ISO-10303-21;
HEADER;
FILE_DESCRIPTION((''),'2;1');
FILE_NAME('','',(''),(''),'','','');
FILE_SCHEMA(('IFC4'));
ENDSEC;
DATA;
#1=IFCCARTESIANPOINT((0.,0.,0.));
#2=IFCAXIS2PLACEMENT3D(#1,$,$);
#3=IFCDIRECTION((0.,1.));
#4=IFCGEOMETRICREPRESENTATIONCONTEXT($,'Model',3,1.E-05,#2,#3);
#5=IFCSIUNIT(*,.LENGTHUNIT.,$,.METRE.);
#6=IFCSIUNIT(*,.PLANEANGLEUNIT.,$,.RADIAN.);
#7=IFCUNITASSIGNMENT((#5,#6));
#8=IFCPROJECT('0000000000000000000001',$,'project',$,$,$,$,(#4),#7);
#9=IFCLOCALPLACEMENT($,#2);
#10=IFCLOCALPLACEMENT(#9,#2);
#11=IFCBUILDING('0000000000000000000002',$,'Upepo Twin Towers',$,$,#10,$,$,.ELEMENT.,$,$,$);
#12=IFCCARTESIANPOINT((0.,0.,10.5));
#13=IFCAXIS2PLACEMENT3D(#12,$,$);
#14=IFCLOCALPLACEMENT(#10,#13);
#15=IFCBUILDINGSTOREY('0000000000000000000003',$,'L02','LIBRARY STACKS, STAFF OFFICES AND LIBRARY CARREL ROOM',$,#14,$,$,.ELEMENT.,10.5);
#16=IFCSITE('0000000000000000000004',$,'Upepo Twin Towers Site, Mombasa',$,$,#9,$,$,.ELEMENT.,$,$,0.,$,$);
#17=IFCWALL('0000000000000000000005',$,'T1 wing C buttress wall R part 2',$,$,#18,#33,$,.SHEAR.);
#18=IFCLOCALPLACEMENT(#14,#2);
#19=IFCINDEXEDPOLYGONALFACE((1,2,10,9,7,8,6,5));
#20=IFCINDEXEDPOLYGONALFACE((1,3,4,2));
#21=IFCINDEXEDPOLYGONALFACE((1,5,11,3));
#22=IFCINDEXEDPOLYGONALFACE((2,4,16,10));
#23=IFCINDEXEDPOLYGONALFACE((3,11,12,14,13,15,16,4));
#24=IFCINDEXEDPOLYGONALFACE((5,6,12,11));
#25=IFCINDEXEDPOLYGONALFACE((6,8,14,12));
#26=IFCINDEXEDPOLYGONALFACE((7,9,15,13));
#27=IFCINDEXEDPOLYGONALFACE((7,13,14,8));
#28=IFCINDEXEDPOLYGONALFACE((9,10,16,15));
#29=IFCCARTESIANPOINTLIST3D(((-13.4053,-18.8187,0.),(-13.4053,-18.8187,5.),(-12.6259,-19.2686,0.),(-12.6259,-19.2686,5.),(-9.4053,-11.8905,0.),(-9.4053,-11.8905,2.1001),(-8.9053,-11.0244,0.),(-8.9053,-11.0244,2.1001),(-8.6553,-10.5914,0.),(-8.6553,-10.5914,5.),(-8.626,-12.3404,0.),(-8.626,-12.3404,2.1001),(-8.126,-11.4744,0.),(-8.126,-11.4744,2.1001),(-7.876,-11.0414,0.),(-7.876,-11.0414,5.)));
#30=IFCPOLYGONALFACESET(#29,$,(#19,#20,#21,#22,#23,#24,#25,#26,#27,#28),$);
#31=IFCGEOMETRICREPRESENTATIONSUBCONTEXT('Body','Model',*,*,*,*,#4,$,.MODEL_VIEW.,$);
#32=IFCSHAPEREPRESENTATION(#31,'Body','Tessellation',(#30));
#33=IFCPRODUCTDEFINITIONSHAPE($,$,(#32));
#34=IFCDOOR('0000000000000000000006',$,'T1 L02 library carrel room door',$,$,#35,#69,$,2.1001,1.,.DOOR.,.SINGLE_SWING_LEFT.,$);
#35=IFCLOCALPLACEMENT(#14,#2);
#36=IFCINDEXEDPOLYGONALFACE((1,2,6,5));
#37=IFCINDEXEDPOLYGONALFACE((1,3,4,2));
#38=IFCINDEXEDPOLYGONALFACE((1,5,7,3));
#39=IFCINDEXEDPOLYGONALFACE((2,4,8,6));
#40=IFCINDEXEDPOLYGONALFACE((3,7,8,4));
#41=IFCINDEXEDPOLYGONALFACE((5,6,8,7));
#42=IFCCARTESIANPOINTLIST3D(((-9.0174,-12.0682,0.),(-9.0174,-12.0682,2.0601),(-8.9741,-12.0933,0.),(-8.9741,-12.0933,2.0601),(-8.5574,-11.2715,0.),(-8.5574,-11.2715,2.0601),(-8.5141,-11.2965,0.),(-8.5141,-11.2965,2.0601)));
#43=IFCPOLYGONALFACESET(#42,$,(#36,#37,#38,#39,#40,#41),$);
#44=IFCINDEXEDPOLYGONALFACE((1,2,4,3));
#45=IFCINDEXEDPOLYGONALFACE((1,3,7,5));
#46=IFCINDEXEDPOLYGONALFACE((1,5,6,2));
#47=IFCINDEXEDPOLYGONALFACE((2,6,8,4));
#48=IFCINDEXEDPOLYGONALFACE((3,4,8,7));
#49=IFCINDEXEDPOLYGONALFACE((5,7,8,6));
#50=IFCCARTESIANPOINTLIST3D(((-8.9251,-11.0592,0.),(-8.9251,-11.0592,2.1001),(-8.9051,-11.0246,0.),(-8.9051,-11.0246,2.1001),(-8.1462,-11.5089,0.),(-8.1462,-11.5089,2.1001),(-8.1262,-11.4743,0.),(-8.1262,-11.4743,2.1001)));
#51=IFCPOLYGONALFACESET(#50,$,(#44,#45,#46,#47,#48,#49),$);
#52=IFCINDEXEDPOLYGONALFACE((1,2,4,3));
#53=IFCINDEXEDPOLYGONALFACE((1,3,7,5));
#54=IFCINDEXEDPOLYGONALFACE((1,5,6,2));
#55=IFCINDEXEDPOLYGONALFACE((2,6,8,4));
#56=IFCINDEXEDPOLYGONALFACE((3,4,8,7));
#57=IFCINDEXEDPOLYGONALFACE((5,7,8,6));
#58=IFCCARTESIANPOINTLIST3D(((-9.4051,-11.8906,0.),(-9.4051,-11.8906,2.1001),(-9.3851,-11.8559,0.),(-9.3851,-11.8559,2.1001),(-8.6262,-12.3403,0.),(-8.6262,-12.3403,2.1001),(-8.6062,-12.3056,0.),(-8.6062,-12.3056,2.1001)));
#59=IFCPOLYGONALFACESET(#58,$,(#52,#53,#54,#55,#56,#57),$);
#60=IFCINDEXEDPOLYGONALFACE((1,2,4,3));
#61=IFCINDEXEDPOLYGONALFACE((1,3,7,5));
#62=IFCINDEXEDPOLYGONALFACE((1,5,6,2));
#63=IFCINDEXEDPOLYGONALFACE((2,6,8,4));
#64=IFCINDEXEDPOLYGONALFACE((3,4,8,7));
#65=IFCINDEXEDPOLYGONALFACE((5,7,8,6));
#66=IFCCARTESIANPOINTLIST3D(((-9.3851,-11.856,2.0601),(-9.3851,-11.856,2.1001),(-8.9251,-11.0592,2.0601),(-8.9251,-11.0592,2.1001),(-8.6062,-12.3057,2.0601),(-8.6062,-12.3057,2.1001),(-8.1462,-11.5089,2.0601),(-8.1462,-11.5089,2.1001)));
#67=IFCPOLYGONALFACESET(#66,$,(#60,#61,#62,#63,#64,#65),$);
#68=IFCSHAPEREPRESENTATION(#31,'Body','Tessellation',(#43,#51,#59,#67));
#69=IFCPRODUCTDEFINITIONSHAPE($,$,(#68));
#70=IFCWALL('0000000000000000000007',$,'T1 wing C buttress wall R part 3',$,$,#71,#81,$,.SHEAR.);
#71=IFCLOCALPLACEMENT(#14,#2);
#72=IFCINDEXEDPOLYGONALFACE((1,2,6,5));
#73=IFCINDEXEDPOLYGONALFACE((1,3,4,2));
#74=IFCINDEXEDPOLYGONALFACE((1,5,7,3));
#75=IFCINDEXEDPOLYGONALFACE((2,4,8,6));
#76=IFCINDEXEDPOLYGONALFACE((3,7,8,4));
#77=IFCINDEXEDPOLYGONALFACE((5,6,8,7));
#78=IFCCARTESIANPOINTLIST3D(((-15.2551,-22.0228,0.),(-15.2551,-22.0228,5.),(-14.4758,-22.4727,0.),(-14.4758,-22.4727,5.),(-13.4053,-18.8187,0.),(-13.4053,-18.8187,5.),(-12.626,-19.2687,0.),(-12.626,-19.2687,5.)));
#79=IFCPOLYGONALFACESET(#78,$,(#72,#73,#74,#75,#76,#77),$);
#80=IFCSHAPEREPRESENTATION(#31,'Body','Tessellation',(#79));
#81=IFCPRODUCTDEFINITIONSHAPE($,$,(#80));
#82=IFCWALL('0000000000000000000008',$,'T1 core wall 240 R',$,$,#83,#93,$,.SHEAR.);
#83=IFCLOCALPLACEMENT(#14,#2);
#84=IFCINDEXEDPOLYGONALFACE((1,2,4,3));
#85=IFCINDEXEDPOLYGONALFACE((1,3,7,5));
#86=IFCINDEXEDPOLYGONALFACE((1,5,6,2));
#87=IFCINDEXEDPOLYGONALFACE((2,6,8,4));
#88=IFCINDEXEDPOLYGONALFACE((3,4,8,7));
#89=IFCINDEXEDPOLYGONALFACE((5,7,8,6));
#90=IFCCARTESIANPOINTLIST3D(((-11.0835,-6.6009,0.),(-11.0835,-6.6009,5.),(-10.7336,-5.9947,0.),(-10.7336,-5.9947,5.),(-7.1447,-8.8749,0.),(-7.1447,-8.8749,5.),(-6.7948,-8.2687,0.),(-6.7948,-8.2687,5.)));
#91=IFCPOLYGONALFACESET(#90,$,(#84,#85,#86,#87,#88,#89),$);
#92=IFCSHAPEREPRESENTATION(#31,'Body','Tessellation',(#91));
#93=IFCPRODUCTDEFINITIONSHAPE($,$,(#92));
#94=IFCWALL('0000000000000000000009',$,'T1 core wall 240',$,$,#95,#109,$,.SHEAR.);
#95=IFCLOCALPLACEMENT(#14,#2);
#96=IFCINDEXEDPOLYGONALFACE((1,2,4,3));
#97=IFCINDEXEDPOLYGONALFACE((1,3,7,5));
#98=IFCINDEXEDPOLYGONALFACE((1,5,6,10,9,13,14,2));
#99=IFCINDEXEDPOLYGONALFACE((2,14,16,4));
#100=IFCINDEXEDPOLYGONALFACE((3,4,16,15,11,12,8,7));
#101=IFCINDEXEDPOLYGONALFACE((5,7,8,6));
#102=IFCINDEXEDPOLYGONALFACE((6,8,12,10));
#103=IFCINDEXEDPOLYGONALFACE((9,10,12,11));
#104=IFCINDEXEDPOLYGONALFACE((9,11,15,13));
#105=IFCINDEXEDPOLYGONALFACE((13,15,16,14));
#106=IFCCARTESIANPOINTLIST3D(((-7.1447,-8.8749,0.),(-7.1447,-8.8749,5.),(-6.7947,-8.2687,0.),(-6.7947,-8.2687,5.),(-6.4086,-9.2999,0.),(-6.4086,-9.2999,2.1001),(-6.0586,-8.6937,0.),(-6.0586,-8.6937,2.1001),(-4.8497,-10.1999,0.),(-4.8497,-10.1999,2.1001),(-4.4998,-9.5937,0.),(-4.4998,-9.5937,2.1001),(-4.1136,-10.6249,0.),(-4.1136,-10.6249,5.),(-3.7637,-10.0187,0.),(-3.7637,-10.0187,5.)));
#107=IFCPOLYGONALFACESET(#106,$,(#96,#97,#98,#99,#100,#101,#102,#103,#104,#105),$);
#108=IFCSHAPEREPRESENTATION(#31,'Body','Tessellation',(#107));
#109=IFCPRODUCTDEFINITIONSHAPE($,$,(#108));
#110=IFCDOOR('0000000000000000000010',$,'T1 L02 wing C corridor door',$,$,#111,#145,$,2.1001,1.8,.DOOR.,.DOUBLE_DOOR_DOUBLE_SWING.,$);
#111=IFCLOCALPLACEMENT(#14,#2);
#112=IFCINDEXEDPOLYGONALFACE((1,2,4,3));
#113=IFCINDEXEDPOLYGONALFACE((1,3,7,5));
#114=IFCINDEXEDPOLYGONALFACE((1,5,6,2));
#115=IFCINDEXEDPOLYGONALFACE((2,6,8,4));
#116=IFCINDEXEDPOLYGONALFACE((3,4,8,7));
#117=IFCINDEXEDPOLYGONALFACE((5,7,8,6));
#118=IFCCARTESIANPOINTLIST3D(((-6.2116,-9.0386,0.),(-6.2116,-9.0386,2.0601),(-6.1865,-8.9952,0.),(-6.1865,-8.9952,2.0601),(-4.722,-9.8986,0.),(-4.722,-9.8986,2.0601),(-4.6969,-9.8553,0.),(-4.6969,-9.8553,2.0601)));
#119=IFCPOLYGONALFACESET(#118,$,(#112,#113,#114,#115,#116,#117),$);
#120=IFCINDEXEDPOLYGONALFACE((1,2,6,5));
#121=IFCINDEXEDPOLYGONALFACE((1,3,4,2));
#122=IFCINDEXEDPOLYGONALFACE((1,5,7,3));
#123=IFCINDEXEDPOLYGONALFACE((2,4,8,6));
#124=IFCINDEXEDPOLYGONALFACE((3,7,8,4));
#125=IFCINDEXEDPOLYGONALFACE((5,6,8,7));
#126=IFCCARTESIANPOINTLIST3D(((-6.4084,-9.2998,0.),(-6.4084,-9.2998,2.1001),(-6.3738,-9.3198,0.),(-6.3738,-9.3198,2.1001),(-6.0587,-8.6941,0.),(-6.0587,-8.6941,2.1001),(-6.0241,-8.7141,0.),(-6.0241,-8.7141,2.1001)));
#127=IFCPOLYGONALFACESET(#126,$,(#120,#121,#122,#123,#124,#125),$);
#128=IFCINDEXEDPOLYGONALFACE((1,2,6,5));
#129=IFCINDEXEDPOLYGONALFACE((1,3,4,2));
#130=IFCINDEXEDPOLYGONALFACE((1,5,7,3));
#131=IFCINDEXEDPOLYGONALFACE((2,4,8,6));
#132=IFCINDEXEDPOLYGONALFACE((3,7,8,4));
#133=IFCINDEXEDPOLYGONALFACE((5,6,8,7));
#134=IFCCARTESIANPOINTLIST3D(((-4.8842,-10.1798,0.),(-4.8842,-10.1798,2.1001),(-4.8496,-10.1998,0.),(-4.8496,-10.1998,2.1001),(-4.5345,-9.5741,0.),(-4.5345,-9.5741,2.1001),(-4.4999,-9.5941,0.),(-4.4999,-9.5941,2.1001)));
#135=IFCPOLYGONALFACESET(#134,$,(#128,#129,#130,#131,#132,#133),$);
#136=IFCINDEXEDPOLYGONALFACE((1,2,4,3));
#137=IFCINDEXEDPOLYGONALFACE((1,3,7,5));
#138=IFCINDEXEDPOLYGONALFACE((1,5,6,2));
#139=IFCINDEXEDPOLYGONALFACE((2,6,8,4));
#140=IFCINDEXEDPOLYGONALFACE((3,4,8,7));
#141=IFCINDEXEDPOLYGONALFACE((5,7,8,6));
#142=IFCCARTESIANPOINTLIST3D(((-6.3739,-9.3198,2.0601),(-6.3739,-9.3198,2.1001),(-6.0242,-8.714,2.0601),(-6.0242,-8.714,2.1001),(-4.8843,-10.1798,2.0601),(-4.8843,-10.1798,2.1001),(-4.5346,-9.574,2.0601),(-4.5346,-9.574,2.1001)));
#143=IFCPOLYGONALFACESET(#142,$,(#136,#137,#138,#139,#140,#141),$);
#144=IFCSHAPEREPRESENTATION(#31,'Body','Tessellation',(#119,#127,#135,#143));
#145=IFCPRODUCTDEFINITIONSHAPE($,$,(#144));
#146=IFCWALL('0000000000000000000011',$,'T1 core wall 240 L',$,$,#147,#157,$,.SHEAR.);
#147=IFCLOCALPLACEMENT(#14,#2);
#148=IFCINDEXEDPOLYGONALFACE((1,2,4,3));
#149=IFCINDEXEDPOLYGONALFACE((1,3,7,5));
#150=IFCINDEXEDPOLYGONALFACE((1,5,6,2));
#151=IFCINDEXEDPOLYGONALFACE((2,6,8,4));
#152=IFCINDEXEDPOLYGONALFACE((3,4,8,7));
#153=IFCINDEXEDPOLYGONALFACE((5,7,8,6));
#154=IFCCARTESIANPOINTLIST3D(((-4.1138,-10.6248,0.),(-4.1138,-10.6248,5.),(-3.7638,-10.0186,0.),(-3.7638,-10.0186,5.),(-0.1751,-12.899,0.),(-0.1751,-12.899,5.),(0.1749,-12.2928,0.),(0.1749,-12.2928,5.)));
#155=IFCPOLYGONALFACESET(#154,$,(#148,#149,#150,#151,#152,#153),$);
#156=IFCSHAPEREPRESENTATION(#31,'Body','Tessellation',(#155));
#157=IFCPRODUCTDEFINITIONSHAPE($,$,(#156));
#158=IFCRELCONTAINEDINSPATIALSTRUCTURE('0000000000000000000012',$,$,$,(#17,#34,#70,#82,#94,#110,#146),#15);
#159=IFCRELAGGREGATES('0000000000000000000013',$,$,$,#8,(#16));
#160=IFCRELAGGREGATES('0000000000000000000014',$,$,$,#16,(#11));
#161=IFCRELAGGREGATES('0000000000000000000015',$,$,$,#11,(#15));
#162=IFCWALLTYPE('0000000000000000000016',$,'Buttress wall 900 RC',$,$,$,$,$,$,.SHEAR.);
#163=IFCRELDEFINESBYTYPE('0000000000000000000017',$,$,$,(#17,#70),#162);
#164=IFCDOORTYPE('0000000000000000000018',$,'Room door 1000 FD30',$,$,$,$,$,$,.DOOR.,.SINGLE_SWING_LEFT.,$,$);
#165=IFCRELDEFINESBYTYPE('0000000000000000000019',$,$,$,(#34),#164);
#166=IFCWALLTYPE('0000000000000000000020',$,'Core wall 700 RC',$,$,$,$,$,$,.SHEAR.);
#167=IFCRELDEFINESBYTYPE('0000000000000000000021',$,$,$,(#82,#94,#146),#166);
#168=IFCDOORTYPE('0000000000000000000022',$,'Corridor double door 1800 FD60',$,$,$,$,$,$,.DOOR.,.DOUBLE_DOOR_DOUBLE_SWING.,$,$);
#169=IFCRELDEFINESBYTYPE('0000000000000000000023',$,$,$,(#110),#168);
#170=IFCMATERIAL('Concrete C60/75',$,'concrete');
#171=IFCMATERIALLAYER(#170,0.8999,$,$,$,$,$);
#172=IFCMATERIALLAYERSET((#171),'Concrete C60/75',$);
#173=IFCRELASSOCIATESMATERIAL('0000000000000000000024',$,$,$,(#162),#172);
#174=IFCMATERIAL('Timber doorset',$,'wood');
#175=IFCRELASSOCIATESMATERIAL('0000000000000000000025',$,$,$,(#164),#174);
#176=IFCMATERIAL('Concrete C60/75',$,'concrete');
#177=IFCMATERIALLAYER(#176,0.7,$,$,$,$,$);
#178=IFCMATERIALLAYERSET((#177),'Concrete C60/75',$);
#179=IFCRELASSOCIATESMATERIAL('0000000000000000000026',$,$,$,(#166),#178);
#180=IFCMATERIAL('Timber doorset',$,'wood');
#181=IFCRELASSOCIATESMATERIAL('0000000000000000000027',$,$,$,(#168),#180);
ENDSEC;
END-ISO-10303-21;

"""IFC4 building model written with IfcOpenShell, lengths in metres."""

from ifc_helpers import new_model, si_unit, direction, frame, frame_2d, origin, place, context, subcontext, project, spatial, rectangle, extrude, material, layer, layer_set, type_object, element, fill, save


model = new_model("IFC4")

# Units and contexts
model_context = context("Model", 3, precision=1e-05, world=origin(), true_north=direction((0.0, 1.0)))
body_context = subcontext(model_context, "Body", "Model", "MODEL_VIEW")
ifc_project = project(units=[si_unit("LENGTHUNIT", "METRE"), si_unit("PLANEANGLEUNIT", "RADIAN")], contexts=[model_context])

# Site, building, storey
site_placement = place(None, origin())
site = spatial("IfcSite", under=ifc_project, at=site_placement, Name="Upepo Twin Towers Site, Mombasa", CompositionType="ELEMENT", RefElevation=0.0)
building_placement = place(site_placement, origin())
building = spatial("IfcBuilding", under=site, at=building_placement, Name="Upepo Twin Towers", CompositionType="ELEMENT")
storey_placement = place(building_placement, frame((0.0, 0.0, 10.5)))
storey = spatial("IfcBuildingStorey", under=building, at=storey_placement, Name="L02", Description="LIBRARY STACKS, STAFF OFFICES AND LIBRARY CARREL ROOM", CompositionType="ELEMENT", Elevation=10.5)

# Shared definitions
ifc_material_1 = material(Name="Concrete C60/75", Category="concrete")
ifc_layer_1 = layer(ifc_material_1, 0.8999)
ifc_layer_set_1 = layer_set([ifc_layer_1], Name="Concrete C60/75")
wall_type_1 = type_object("IfcWallType", Name="Buttress wall 900 RC", PredefinedType="SHEAR", material=ifc_layer_set_1)
ifc_material_2 = material(Name="Timber doorset", Category="wood")
door_type_1 = type_object("IfcDoorType", Name="Room door 1000 FD30", OperationType="SINGLE_SWING_LEFT", PredefinedType="DOOR", material=ifc_material_2)

# Wall, opening, door
wall_1_placement = place(storey_placement, frame((-8.2656, -10.8164, 0.0), z_axis=(0.0, 0.0, 1.0), x_axis=(-0.499998, -0.866027, 0.0)))
wall_1 = element("IfcWall", 1, at=wall_1_placement, inside=storey, type_object=wall_type_1, Name="T1 wing C buttress wall R part 2", PredefinedType="SHEAR", context=body_context, shape_type="SweptSolid", body=[
    extrude(rectangle(XDim=9.5, YDim=0.8999, at=frame_2d((4.75, 0.0))), origin(), (0.0, 0.0, 1.0), 5.0),
])
opening_1_placement = place(wall_1_placement, frame((0.5, 0.0, 0.0)))
opening_1 = element("IfcOpeningElement", 2, at=opening_1_placement, cuts=wall_1, PredefinedType="OPENING", context=body_context, shape_type="SweptSolid", body=[
    extrude(rectangle(XDim=1.0, YDim=2.1001, at=frame_2d((0.5, 1.05))), frame((0.0, 0.46, 0.0), z_axis=(0.0, -1.0, 0.0), x_axis=(1.0, 0.0, 0.0)), (0.0, 0.0, 1.0), 0.9199),
])
door_1_placement = place(opening_1_placement, origin())
door_1 = element("IfcDoor", 3, at=door_1_placement, inside=storey, type_object=door_type_1, Name="T1 L02 library carrel room door", OperationType="SINGLE_SWING_LEFT", OverallHeight=2.1001, OverallWidth=1.0, PredefinedType="DOOR", context=body_context, shape_type="SweptSolid", body=[
    extrude(rectangle(XDim=0.92, YDim=2.0601, at=frame_2d((0.5, 1.03))), frame((0.0, 0.0249, 0.0), z_axis=(0.0, -1.0, 0.0), x_axis=(1.0, 0.0, 0.0)), (0.0, 0.0, 1.0), 0.05),
    extrude(rectangle(XDim=0.04, YDim=2.1001, at=frame_2d((0.02, 1.05))), frame((0.0, 0.4497, 0.0), z_axis=(0.0, -1.0, 0.0), x_axis=(1.0, 0.0, 0.0)), (0.0, 0.0, 1.0), 0.8994),
    extrude(rectangle(XDim=0.04, YDim=2.1001, at=frame_2d((0.98, 1.05))), frame((0.0, 0.4497, 0.0), z_axis=(0.0, -1.0, 0.0), x_axis=(1.0, 0.0, 0.0)), (0.0, 0.0, 1.0), 0.8994),
    extrude(rectangle(XDim=0.92, YDim=0.04, at=frame_2d((0.5, 2.0801))), frame((0.0, 0.4497, 0.0), z_axis=(0.0, -1.0, 0.0), x_axis=(1.0, 0.0, 0.0)), (0.0, 0.0, 1.0), 0.8994),
])
fill(opening_1, door_1)

# Walls
wall_2_placement = place(storey_placement, frame((-13.0156, -19.0437, 0.0), z_axis=(0.0, 0.0, 1.0), x_axis=(-0.499993, -0.86603, 0.0)))
element("IfcWall", 4, at=wall_2_placement, inside=storey, type_object=wall_type_1, Name="T1 wing C buttress wall R part 3", PredefinedType="SHEAR", context=body_context, shape_type="SweptSolid", body=[
    extrude(rectangle(XDim=3.6997, YDim=0.8999, at=frame_2d((1.8499, 0.0))), origin(), (0.0, 0.0, 1.0), 5.0),
])
ifc_material_3 = material(Name="Concrete C60/75", Category="concrete")
ifc_layer_2 = layer(ifc_material_3, 0.7)
ifc_layer_set_2 = layer_set([ifc_layer_2], Name="Concrete C60/75")
wall_type_2 = type_object("IfcWallType", Name="Core wall 700 RC", PredefinedType="SHEAR", material=ifc_layer_set_2)
wall_3_placement = place(storey_placement, frame((-10.9084, -6.2979, 0.0), z_axis=(0.0, 0.0, 1.0), x_axis=(0.866035, -0.499984, 0.0)))
element("IfcWall", 5, at=wall_3_placement, inside=storey, type_object=wall_type_2, Name="T1 core wall 240 R", PredefinedType="SHEAR", context=body_context, shape_type="SweptSolid", body=[
    extrude(rectangle(XDim=4.5481, YDim=0.7, at=frame_2d((2.2739, 0.0))), origin(), (0.0, 0.0, 1.0), 5.0),
])

# Wall, opening, door
wall_4_placement = place(storey_placement, frame((-6.9697, -8.5718, 0.0), z_axis=(0.0, 0.0, 1.0), x_axis=(0.866019, -0.50001, 0.0)))
wall_4 = element("IfcWall", 6, at=wall_4_placement, inside=storey, type_object=wall_type_2, Name="T1 core wall 240", PredefinedType="SHEAR", context=body_context, shape_type="SweptSolid", body=[
    extrude(rectangle(XDim=3.5, YDim=0.7, at=frame_2d((1.75, 0.0))), origin(), (0.0, 0.0, 1.0), 5.0),
])
opening_2_placement = place(wall_4_placement, frame((0.8501, 0.0, 0.0)))
opening_2 = element("IfcOpeningElement", 7, at=opening_2_placement, cuts=wall_4, PredefinedType="OPENING", context=body_context, shape_type="SweptSolid", body=[
    extrude(rectangle(XDim=1.8, YDim=2.1001, at=frame_2d((0.8999, 1.05))), frame((0.0, 0.3599, 0.0), z_axis=(0.0, -1.0, 0.0), x_axis=(1.0, 0.0, 0.0)), (0.0, 0.0, 1.0), 0.72),
])
ifc_material_4 = material(Name="Timber doorset", Category="wood")
door_type_2 = type_object("IfcDoorType", Name="Corridor double door 1800 FD60", OperationType="DOUBLE_DOOR_DOUBLE_SWING", PredefinedType="DOOR", material=ifc_material_4)
door_2_placement = place(opening_2_placement, origin())
door_2 = element("IfcDoor", 8, at=door_2_placement, inside=storey, type_object=door_type_2, Name="T1 L02 wing C corridor door", OperationType="DOUBLE_DOOR_DOUBLE_SWING", OverallHeight=2.1001, OverallWidth=1.8, PredefinedType="DOOR", context=body_context, shape_type="SweptSolid", body=[
    extrude(rectangle(XDim=1.72, YDim=2.0601, at=frame_2d((0.8999, 1.03))), frame((0.0, 0.0249, 0.0), z_axis=(0.0, -1.0, 0.0), x_axis=(1.0, 0.0, 0.0)), (0.0, 0.0, 1.0), 0.05),
    extrude(rectangle(XDim=0.04, YDim=2.1001, at=frame_2d((0.02, 1.05))), frame((0.0, 0.3496, 0.0), z_axis=(0.0, -1.0, 0.0), x_axis=(1.0, 0.0, 0.0)), (0.0, 0.0, 1.0), 0.6995),
    extrude(rectangle(XDim=0.04, YDim=2.1001, at=frame_2d((1.78, 1.05))), frame((0.0, 0.3496, 0.0), z_axis=(0.0, -1.0, 0.0), x_axis=(1.0, 0.0, 0.0)), (0.0, 0.0, 1.0), 0.6995),
    extrude(rectangle(XDim=1.72, YDim=0.04, at=frame_2d((0.8999, 2.0801))), frame((0.0, 0.3496, 0.0), z_axis=(0.0, -1.0, 0.0), x_axis=(1.0, 0.0, 0.0)), (0.0, 0.0, 1.0), 0.6995),
])
fill(opening_2, door_2)

# Wall
wall_5_placement = place(storey_placement, frame((-3.9387, -10.3218, 0.0), z_axis=(0.0, 0.0, 1.0), x_axis=(0.866011, -0.500024, 0.0)))
element("IfcWall", 9, at=wall_5_placement, inside=storey, type_object=wall_type_2, Name="T1 core wall 240 L", PredefinedType="SHEAR", context=body_context, shape_type="SweptSolid", body=[
    extrude(rectangle(XDim=4.5481, YDim=0.7, at=frame_2d((2.2739, 0.0))), origin(), (0.0, 0.0, 1.0), 5.0),
])

save(model, "model.ifc")
